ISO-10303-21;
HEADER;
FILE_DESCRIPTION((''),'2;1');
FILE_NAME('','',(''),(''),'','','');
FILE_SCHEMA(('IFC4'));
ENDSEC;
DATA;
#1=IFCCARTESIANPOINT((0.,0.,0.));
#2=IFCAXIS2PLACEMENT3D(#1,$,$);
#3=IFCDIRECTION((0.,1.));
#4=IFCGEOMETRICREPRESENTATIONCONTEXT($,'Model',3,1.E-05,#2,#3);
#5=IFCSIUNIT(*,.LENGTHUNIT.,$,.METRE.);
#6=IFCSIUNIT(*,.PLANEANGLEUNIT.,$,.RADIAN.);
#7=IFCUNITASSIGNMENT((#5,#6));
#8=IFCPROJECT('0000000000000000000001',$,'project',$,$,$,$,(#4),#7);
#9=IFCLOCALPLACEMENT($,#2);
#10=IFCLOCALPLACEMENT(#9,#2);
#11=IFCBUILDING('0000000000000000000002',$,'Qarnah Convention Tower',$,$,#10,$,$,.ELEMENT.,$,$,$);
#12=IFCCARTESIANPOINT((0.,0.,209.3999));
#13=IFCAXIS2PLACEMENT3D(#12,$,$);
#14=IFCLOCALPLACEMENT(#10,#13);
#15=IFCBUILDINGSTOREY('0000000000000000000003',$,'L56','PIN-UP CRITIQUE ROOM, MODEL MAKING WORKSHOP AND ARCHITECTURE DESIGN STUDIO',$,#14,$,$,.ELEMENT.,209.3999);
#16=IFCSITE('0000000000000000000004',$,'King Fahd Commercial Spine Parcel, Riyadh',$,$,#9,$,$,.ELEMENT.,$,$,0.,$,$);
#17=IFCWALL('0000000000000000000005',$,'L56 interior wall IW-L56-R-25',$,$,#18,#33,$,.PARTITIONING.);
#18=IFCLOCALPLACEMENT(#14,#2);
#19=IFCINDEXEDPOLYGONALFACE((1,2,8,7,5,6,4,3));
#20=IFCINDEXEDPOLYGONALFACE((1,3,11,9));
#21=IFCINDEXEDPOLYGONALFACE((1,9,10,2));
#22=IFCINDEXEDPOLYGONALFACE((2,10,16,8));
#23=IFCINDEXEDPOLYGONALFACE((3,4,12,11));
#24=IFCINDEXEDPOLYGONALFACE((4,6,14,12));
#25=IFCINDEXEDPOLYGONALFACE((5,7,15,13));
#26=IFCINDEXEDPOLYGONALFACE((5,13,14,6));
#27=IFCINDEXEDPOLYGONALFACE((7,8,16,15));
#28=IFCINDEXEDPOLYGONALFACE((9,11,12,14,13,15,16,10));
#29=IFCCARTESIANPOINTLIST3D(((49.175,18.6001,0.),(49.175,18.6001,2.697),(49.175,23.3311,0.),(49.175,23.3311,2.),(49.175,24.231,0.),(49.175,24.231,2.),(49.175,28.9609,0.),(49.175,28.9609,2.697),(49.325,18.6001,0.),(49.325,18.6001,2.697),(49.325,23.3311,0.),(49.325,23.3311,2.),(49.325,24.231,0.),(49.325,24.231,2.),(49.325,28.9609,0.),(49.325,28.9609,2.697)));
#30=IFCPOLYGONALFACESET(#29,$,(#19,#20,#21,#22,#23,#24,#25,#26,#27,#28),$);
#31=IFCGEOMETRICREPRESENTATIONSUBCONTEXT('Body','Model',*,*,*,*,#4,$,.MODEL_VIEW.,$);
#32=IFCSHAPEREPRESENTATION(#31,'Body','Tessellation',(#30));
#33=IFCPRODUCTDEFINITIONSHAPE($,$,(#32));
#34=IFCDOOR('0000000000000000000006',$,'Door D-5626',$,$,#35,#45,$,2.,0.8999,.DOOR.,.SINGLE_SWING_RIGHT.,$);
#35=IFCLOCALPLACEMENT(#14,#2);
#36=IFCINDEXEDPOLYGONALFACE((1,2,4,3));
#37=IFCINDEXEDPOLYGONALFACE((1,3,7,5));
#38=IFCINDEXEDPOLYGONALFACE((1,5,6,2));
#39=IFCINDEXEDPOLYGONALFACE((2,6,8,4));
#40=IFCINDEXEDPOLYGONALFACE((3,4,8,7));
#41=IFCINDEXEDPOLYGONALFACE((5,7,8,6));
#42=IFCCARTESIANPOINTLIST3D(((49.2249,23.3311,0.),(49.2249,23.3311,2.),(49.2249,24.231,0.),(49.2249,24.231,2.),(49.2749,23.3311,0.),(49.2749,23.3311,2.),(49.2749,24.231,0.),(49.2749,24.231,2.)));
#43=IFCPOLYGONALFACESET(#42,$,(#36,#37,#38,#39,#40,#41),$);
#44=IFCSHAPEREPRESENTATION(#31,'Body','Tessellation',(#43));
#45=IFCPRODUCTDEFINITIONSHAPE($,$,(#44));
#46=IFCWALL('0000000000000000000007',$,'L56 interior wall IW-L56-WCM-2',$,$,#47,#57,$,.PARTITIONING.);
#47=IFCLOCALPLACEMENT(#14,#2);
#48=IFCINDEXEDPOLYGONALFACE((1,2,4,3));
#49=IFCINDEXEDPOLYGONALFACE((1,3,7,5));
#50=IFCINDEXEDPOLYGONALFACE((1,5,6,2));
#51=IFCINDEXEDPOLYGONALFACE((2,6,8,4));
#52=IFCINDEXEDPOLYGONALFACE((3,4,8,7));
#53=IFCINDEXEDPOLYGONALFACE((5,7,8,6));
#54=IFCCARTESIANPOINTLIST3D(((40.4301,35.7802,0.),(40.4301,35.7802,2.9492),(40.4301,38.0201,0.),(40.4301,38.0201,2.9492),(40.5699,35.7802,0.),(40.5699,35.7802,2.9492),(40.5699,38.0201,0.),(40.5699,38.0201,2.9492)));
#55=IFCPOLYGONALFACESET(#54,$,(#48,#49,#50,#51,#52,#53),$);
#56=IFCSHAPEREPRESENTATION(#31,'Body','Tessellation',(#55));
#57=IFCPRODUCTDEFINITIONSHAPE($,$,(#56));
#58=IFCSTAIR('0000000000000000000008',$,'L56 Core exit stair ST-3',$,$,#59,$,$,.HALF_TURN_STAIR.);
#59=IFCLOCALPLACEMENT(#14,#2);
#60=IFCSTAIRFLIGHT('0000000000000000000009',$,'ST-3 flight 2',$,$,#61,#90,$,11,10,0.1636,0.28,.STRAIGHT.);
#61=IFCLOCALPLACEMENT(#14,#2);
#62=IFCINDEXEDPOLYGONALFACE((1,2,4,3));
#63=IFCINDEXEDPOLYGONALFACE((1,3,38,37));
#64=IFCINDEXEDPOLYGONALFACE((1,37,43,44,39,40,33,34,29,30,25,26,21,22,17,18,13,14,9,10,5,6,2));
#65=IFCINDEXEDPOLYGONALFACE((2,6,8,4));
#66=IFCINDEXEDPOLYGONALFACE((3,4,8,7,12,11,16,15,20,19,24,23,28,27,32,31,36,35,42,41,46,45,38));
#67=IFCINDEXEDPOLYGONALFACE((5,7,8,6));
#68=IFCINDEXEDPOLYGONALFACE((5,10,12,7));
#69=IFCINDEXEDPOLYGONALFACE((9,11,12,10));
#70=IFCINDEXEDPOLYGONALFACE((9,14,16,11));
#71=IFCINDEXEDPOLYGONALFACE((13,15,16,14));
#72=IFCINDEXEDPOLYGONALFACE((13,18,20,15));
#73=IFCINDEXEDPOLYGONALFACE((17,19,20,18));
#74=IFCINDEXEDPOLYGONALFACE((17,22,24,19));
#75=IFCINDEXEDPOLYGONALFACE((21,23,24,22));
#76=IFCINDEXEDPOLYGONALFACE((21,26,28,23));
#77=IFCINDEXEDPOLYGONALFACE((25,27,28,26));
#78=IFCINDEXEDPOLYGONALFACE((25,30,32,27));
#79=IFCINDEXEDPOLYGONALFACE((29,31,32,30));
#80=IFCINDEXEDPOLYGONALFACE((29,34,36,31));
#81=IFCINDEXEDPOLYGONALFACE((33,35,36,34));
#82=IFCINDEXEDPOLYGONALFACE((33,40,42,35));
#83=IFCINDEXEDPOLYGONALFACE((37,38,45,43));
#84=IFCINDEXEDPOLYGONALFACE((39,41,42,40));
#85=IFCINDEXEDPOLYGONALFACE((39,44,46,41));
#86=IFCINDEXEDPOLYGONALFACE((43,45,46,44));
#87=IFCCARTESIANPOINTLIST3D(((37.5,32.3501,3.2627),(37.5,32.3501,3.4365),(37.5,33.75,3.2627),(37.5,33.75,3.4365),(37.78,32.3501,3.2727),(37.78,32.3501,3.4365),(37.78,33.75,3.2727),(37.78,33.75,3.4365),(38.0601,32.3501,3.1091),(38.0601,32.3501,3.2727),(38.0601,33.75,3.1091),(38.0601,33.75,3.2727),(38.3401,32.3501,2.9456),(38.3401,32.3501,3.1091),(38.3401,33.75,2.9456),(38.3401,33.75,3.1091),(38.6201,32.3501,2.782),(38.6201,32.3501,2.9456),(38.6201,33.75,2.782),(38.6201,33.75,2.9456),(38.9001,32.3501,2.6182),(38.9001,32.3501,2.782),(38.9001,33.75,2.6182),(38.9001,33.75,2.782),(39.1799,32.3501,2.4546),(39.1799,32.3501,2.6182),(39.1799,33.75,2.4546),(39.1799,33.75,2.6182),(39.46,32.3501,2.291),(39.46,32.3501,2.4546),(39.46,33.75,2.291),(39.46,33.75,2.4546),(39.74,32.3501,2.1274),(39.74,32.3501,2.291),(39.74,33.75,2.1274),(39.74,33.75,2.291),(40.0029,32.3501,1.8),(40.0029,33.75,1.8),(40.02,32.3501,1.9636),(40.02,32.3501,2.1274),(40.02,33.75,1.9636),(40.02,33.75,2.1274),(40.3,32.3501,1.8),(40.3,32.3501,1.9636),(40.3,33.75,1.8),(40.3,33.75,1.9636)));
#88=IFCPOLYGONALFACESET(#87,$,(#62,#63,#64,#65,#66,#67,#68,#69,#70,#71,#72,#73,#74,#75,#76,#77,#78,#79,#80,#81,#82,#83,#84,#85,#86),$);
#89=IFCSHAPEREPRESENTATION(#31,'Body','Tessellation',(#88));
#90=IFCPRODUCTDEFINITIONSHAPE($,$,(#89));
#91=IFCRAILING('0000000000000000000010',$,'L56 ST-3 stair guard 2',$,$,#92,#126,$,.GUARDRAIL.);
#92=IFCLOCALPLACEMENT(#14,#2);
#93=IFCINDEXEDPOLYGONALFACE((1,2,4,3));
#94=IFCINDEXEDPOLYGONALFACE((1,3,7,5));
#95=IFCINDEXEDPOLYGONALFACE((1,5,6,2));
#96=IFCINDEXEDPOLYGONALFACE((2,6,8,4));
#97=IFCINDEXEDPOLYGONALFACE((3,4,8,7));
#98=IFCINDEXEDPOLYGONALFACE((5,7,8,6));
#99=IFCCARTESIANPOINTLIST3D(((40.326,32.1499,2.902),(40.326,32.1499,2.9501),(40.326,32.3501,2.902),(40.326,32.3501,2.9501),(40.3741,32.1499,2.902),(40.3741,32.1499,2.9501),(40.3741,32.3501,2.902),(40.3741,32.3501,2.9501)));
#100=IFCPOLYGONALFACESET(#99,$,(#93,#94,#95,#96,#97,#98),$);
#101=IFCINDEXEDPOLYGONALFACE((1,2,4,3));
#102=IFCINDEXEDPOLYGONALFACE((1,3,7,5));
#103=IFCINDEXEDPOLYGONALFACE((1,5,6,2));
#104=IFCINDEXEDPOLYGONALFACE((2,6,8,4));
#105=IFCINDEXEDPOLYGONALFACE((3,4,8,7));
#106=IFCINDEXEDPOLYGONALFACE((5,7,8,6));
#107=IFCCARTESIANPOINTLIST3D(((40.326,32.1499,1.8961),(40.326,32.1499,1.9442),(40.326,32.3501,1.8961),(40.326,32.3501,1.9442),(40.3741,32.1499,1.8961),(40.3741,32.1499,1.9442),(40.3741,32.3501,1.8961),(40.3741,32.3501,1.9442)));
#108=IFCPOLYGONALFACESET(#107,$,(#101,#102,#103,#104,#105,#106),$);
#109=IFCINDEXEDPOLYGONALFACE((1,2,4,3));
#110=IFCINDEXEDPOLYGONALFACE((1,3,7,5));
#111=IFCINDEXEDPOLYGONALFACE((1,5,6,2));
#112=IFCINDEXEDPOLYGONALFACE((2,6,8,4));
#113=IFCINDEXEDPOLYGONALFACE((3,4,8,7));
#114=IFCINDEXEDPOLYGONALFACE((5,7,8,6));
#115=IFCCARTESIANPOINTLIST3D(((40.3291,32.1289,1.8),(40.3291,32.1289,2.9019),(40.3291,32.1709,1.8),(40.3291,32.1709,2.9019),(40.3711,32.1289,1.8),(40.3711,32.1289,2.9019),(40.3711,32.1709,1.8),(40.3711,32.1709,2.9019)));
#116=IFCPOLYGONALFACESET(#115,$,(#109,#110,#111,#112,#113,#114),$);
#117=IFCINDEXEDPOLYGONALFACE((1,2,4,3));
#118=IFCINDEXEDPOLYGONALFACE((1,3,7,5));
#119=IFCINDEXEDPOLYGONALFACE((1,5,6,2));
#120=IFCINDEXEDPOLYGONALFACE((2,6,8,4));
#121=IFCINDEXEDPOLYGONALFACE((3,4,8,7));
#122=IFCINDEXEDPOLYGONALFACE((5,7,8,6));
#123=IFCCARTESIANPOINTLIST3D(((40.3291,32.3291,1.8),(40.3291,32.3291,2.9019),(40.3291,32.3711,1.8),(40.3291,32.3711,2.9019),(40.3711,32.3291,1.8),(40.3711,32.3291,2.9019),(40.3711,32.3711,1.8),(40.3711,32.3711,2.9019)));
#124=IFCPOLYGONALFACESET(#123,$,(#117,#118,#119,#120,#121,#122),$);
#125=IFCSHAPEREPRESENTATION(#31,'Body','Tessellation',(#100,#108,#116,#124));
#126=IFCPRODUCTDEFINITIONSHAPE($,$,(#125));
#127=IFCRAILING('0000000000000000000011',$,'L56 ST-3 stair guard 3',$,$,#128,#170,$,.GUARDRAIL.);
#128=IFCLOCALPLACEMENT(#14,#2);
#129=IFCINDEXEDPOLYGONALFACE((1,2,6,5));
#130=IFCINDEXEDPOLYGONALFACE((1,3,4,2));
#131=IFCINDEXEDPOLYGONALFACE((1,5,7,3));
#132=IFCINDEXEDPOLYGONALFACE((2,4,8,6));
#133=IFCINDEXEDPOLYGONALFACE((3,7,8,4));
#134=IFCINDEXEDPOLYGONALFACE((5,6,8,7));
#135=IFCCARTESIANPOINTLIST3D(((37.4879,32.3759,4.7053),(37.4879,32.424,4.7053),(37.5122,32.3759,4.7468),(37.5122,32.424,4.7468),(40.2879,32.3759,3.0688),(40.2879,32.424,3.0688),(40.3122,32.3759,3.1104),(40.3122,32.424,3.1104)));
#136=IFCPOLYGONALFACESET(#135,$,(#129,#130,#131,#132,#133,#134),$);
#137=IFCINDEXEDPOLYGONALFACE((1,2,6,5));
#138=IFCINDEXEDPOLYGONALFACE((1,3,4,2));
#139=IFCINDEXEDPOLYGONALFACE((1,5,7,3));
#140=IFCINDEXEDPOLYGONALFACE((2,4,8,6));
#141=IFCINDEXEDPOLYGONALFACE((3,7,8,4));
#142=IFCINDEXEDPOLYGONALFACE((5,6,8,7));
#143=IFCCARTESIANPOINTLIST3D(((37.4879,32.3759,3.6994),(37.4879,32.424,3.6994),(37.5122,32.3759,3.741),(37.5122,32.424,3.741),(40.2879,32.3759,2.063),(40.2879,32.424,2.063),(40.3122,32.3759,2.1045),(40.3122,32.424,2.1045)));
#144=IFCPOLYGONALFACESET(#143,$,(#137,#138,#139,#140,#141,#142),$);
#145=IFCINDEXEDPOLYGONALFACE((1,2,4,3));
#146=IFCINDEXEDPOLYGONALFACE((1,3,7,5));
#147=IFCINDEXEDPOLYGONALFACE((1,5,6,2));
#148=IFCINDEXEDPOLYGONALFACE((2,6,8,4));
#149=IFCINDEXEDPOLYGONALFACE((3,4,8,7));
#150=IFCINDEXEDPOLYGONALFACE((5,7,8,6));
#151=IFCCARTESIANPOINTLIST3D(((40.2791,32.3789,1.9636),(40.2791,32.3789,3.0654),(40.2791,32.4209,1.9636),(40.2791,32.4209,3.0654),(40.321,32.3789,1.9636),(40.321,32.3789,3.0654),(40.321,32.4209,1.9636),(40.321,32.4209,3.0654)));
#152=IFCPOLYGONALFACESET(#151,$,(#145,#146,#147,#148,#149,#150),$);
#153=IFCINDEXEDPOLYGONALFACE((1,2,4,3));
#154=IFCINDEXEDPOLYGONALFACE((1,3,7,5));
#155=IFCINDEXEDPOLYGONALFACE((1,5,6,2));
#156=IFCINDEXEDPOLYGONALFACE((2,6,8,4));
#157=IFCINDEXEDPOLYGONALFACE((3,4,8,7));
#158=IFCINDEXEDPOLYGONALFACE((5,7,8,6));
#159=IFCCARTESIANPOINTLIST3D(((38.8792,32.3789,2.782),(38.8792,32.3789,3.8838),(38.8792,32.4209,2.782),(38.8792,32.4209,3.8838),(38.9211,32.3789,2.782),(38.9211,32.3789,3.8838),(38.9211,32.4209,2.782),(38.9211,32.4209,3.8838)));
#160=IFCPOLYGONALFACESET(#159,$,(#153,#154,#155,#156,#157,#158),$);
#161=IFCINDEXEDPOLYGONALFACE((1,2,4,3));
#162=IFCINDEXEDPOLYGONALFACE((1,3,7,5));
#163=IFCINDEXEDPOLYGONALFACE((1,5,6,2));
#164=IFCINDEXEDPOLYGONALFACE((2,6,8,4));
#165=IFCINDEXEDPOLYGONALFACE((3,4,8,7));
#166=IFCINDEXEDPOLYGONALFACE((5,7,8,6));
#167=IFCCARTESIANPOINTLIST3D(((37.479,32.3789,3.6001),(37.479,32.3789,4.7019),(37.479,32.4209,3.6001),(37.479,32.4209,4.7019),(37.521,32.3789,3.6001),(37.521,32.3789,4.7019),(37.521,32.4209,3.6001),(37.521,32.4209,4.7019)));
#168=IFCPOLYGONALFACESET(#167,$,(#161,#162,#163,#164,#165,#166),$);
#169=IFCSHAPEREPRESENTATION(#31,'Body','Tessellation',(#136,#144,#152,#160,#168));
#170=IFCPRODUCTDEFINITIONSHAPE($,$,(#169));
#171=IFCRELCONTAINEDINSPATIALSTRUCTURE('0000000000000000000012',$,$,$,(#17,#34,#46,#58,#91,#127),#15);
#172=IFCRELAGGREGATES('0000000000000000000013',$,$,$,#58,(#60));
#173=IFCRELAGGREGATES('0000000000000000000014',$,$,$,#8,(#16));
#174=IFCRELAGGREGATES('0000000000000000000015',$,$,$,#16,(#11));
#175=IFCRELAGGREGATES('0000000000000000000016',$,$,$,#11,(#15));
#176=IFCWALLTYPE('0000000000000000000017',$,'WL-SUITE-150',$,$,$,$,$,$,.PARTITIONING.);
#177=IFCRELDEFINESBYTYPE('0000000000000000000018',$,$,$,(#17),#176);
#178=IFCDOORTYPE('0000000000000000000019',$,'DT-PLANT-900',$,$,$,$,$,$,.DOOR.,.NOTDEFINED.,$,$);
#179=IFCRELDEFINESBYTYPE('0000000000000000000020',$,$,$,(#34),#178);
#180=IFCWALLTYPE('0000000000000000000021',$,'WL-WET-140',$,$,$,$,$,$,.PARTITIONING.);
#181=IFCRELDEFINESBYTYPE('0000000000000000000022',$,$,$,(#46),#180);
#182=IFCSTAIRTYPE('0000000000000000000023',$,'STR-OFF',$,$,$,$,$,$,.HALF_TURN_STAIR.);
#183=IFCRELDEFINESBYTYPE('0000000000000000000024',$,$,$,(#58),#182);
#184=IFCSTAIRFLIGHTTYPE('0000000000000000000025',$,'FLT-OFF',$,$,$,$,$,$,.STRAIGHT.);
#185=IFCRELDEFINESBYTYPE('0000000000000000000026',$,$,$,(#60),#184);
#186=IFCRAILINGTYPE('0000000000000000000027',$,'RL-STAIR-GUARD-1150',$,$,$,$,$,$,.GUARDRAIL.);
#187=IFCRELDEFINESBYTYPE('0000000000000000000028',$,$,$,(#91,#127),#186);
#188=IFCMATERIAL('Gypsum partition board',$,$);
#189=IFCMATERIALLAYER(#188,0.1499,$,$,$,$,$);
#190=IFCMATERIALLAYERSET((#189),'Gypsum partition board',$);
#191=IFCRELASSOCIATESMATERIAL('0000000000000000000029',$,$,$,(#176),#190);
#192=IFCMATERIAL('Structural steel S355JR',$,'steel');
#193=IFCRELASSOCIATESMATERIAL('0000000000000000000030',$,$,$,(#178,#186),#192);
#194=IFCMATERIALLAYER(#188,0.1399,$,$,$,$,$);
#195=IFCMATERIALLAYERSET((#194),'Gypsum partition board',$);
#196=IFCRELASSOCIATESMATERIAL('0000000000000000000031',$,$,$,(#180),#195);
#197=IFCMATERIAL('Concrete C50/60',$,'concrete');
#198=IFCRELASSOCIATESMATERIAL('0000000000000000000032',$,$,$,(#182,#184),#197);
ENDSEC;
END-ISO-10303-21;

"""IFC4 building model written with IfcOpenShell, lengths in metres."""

from ifc_helpers import new_model, si_unit, direction, frame, frame_2d, origin, origin_2d, place, context, subcontext, project, spatial, polyline, rectangle, outline, extrude, material, layer, layer_set, type_object, element, fill, aggregate, save


model = new_model("IFC4")

# Units and contexts
model_context = context("Model", 3, precision=1e-05, world=origin(), true_north=direction((0.0, 1.0)))
body_context = subcontext(model_context, "Body", "Model", "MODEL_VIEW")
ifc_project = project(units=[si_unit("LENGTHUNIT", "METRE"), si_unit("PLANEANGLEUNIT", "RADIAN")], contexts=[model_context])

# Site, building, storey
site_placement = place(None, origin())
site = spatial("IfcSite", under=ifc_project, at=site_placement, Name="King Fahd Commercial Spine Parcel, Riyadh", CompositionType="ELEMENT", RefElevation=0.0)
building_placement = place(site_placement, origin())
building = spatial("IfcBuilding", under=site, at=building_placement, Name="Qarnah Convention Tower", CompositionType="ELEMENT")
storey_placement = place(building_placement, frame((0.0, 0.0, 209.3999)))
storey = spatial("IfcBuildingStorey", under=building, at=storey_placement, Name="L56", Description="PIN-UP CRITIQUE ROOM, MODEL MAKING WORKSHOP AND ARCHITECTURE DESIGN STUDIO", CompositionType="ELEMENT", Elevation=209.3999)

# Shared definitions
ifc_material_1 = material(Name="Concrete C50/60", Category="concrete")

# Shared definitions
ifc_material_2 = material(Name="Structural steel S355JR", Category="steel")

# Shared definitions
ifc_material_3 = material(Name="Gypsum partition board")
ifc_layer_1 = layer(ifc_material_3, 0.1499)
ifc_layer_set_1 = layer_set([ifc_layer_1], Name="Gypsum partition board")
wall_type_1 = type_object("IfcWallType", Name="WL-SUITE-150", PredefinedType="PARTITIONING", material=ifc_layer_set_1)

# Wall, opening, door
wall_1_placement = place(storey_placement, frame((49.25, 28.9609, 0.0), z_axis=(0.0, 0.0, 1.0), x_axis=(0.0, -1.0, 0.0)))
wall_1 = element("IfcWall", 1, at=wall_1_placement, inside=storey, type_object=wall_type_1, Name="L56 interior wall IW-L56-R-25", PredefinedType="PARTITIONING", context=body_context, shape_type="SweptSolid", body=[
    extrude(rectangle(XDim=10.3608, YDim=0.1499, at=frame_2d((5.1804, 0.0))), origin(), (0.0, 0.0, 1.0), 2.697),
])
opening_1_placement = place(wall_1_placement, frame((4.73, 0.0, 0.0)))
opening_1 = element("IfcOpeningElement", 2, at=opening_1_placement, cuts=wall_1, PredefinedType="OPENING", context=body_context, shape_type="SweptSolid", body=[
    extrude(rectangle(XDim=0.8999, YDim=2.0, at=frame_2d((0.45, 1.0))), frame((0.0, 0.085, 0.0), z_axis=(0.0, -1.0, 0.0), x_axis=(1.0, 0.0, 0.0)), (0.0, 0.0, 1.0), 0.1699),
])
door_type_1 = type_object("IfcDoorType", Name="DT-PLANT-900", OperationType="NOTDEFINED", PredefinedType="DOOR", material=ifc_material_2)
door_1_placement = place(opening_1_placement, origin())
door_1 = element("IfcDoor", 3, at=door_1_placement, inside=storey, type_object=door_type_1, Name="Door D-5626", OperationType="SINGLE_SWING_RIGHT", OverallHeight=2.0, OverallWidth=0.8999, PredefinedType="DOOR", context=body_context, shape_type="SweptSolid", body=[
    extrude(rectangle(XDim=0.8999, YDim=2.0, at=frame_2d((0.45, 1.0))), frame((0.0, 0.0249, 0.0), z_axis=(0.0, -1.0, 0.0), x_axis=(1.0, 0.0, 0.0)), (0.0, 0.0, 1.0), 0.05),
])
fill(opening_1, door_1)

# Wall
ifc_layer_2 = layer(ifc_material_3, 0.1399)
ifc_layer_set_2 = layer_set([ifc_layer_2], Name="Gypsum partition board")
wall_type_2 = type_object("IfcWallType", Name="WL-WET-140", PredefinedType="PARTITIONING", material=ifc_layer_set_2)
wall_2_placement = place(storey_placement, frame((40.5, 35.78, 0.0), z_axis=(0.0, 0.0, 1.0), x_axis=(0.0, 1.0, 0.0)))
element("IfcWall", 4, at=wall_2_placement, inside=storey, type_object=wall_type_2, Name="L56 interior wall IW-L56-WCM-2", PredefinedType="PARTITIONING", context=body_context, shape_type="SweptSolid", body=[
    extrude(rectangle(XDim=2.24, YDim=0.1399, at=frame_2d((1.1201, 0.0))), origin(), (0.0, 0.0, 1.0), 2.9492),
])

# Stair, stair flight
stair_type = type_object("IfcStairType", Name="STR-OFF", PredefinedType="HALF_TURN_STAIR", material=ifc_material_1)
stair_placement = place(storey_placement, origin())
stair = element("IfcStair", 5, at=stair_placement, inside=storey, type_object=stair_type, Name="L56 Core exit stair ST-3", PredefinedType="HALF_TURN_STAIR")
stair_flight_type = type_object("IfcStairFlightType", Name="FLT-OFF", PredefinedType="STRAIGHT", material=ifc_material_1)
stair_flight_placement = place(storey_placement, frame((40.3, 33.05, 1.8), z_axis=(0.0, 0.0, 1.0), x_axis=(-1.0, 0.0, 0.0)))
stair_flight = element("IfcStairFlight", 6, at=stair_flight_placement, type_object=stair_flight_type, Name="ST-3 flight 2", NumberOfRisers=11, NumberOfTreads=10, PredefinedType="STRAIGHT", RiserHeight=0.1636, TreadLength=0.28, context=body_context, shape_type="SweptSolid", body=[
    extrude(outline(polyline([(0.0, 0.0), (0.0, 0.1636), (0.28, 0.1636), (0.28, 0.3274), (0.5601, 0.3274), (0.5601, 0.491), (0.8401, 0.491), (0.8401, 0.6545), (1.1201, 0.6545), (1.1201, 0.8181), (1.3999, 0.8181), (1.3999, 0.9819), (1.6799, 0.9819), (1.6799, 1.1455), (1.96, 1.1455), (1.96, 1.3091), (2.24, 1.3091), (2.24, 1.4727), (2.52, 1.4727), (2.52, 1.6365), (2.8, 1.6365), (2.8, 1.8), (2.8, 1.4626), (0.2971, 0.0), (0.0, 0.0)])), frame((0.0, 0.7, 0.0), z_axis=(0.0, -1.0, 0.0), x_axis=(1.0, 0.0, 0.0)), (0.0, 0.0, 1.0), 1.3999),
])
aggregate(stair, [stair_flight])

# Railings
railing_type_1 = type_object("IfcRailingType", Name="RL-STAIR-GUARD-1150", PredefinedType="GUARDRAIL", material=ifc_material_2)
railing_1_placement = place(storey_placement, frame((40.3501, 32.1499, 1.8)))
element("IfcRailing", 7, at=railing_1_placement, inside=storey, type_object=railing_type_1, Name="L56 ST-3 stair guard 2", PredefinedType="GUARDRAIL", context=body_context, shape_type="SweptSolid", body=[
    extrude(rectangle(XDim=0.0481, YDim=0.0481, at=origin_2d()), frame((0.0, 0.0, 1.126), z_axis=(0.0, 1.0, 0.0), x_axis=(-1.0, 0.0, 0.0)), (0.0, 0.0, 1.0), 0.2002),
    extrude(rectangle(XDim=0.0481, YDim=0.0481, at=origin_2d()), frame((0.0, 0.0, 0.1201), z_axis=(0.0, 1.0, 0.0), x_axis=(-1.0, 0.0, 0.0)), (0.0, 0.0, 1.0), 0.2002),
    extrude(rectangle(XDim=0.042, YDim=0.042, at=origin_2d()), origin(), (0.0, 0.0, 1.0), 1.1018),
    extrude(rectangle(XDim=0.042, YDim=0.042, at=origin_2d()), frame((0.0, 0.2002, 0.0)), (0.0, 0.0, 1.0), 1.1018),
])
railing_2_placement = place(storey_placement, frame((40.3, 32.3999, 1.9636)))
element("IfcRailing", 8, at=railing_2_placement, inside=storey, type_object=railing_type_1, Name="L56 ST-3 stair guard 3", PredefinedType="GUARDRAIL", context=body_context, shape_type="SweptSolid", body=[
    extrude(rectangle(XDim=0.0481, YDim=0.0481, at=origin_2d()), frame((0.0, 0.0, 1.126), z_axis=(-0.863361, 0.0, 0.504587), x_axis=(0.0, -1.0, 0.0)), (0.0, 0.0, 1.0), 3.2432),
    extrude(rectangle(XDim=0.0481, YDim=0.0481, at=origin_2d()), frame((0.0, 0.0, 0.1201), z_axis=(-0.863361, 0.0, 0.504587), x_axis=(0.0, -1.0, 0.0)), (0.0, 0.0, 1.0), 3.2432),
    extrude(rectangle(XDim=0.042, YDim=0.042, at=origin_2d()), origin(), (0.0, 0.0, 1.0), 1.1018),
    extrude(rectangle(XDim=0.042, YDim=0.042, at=origin_2d()), frame((-1.3999, 0.0, 0.8184)), (0.0, 0.0, 1.0), 1.1018),
    extrude(rectangle(XDim=0.042, YDim=0.042, at=origin_2d()), frame((-2.8, 0.0, 1.6365)), (0.0, 0.0, 1.0), 1.1018),
])

save(model, "model.ifc")
